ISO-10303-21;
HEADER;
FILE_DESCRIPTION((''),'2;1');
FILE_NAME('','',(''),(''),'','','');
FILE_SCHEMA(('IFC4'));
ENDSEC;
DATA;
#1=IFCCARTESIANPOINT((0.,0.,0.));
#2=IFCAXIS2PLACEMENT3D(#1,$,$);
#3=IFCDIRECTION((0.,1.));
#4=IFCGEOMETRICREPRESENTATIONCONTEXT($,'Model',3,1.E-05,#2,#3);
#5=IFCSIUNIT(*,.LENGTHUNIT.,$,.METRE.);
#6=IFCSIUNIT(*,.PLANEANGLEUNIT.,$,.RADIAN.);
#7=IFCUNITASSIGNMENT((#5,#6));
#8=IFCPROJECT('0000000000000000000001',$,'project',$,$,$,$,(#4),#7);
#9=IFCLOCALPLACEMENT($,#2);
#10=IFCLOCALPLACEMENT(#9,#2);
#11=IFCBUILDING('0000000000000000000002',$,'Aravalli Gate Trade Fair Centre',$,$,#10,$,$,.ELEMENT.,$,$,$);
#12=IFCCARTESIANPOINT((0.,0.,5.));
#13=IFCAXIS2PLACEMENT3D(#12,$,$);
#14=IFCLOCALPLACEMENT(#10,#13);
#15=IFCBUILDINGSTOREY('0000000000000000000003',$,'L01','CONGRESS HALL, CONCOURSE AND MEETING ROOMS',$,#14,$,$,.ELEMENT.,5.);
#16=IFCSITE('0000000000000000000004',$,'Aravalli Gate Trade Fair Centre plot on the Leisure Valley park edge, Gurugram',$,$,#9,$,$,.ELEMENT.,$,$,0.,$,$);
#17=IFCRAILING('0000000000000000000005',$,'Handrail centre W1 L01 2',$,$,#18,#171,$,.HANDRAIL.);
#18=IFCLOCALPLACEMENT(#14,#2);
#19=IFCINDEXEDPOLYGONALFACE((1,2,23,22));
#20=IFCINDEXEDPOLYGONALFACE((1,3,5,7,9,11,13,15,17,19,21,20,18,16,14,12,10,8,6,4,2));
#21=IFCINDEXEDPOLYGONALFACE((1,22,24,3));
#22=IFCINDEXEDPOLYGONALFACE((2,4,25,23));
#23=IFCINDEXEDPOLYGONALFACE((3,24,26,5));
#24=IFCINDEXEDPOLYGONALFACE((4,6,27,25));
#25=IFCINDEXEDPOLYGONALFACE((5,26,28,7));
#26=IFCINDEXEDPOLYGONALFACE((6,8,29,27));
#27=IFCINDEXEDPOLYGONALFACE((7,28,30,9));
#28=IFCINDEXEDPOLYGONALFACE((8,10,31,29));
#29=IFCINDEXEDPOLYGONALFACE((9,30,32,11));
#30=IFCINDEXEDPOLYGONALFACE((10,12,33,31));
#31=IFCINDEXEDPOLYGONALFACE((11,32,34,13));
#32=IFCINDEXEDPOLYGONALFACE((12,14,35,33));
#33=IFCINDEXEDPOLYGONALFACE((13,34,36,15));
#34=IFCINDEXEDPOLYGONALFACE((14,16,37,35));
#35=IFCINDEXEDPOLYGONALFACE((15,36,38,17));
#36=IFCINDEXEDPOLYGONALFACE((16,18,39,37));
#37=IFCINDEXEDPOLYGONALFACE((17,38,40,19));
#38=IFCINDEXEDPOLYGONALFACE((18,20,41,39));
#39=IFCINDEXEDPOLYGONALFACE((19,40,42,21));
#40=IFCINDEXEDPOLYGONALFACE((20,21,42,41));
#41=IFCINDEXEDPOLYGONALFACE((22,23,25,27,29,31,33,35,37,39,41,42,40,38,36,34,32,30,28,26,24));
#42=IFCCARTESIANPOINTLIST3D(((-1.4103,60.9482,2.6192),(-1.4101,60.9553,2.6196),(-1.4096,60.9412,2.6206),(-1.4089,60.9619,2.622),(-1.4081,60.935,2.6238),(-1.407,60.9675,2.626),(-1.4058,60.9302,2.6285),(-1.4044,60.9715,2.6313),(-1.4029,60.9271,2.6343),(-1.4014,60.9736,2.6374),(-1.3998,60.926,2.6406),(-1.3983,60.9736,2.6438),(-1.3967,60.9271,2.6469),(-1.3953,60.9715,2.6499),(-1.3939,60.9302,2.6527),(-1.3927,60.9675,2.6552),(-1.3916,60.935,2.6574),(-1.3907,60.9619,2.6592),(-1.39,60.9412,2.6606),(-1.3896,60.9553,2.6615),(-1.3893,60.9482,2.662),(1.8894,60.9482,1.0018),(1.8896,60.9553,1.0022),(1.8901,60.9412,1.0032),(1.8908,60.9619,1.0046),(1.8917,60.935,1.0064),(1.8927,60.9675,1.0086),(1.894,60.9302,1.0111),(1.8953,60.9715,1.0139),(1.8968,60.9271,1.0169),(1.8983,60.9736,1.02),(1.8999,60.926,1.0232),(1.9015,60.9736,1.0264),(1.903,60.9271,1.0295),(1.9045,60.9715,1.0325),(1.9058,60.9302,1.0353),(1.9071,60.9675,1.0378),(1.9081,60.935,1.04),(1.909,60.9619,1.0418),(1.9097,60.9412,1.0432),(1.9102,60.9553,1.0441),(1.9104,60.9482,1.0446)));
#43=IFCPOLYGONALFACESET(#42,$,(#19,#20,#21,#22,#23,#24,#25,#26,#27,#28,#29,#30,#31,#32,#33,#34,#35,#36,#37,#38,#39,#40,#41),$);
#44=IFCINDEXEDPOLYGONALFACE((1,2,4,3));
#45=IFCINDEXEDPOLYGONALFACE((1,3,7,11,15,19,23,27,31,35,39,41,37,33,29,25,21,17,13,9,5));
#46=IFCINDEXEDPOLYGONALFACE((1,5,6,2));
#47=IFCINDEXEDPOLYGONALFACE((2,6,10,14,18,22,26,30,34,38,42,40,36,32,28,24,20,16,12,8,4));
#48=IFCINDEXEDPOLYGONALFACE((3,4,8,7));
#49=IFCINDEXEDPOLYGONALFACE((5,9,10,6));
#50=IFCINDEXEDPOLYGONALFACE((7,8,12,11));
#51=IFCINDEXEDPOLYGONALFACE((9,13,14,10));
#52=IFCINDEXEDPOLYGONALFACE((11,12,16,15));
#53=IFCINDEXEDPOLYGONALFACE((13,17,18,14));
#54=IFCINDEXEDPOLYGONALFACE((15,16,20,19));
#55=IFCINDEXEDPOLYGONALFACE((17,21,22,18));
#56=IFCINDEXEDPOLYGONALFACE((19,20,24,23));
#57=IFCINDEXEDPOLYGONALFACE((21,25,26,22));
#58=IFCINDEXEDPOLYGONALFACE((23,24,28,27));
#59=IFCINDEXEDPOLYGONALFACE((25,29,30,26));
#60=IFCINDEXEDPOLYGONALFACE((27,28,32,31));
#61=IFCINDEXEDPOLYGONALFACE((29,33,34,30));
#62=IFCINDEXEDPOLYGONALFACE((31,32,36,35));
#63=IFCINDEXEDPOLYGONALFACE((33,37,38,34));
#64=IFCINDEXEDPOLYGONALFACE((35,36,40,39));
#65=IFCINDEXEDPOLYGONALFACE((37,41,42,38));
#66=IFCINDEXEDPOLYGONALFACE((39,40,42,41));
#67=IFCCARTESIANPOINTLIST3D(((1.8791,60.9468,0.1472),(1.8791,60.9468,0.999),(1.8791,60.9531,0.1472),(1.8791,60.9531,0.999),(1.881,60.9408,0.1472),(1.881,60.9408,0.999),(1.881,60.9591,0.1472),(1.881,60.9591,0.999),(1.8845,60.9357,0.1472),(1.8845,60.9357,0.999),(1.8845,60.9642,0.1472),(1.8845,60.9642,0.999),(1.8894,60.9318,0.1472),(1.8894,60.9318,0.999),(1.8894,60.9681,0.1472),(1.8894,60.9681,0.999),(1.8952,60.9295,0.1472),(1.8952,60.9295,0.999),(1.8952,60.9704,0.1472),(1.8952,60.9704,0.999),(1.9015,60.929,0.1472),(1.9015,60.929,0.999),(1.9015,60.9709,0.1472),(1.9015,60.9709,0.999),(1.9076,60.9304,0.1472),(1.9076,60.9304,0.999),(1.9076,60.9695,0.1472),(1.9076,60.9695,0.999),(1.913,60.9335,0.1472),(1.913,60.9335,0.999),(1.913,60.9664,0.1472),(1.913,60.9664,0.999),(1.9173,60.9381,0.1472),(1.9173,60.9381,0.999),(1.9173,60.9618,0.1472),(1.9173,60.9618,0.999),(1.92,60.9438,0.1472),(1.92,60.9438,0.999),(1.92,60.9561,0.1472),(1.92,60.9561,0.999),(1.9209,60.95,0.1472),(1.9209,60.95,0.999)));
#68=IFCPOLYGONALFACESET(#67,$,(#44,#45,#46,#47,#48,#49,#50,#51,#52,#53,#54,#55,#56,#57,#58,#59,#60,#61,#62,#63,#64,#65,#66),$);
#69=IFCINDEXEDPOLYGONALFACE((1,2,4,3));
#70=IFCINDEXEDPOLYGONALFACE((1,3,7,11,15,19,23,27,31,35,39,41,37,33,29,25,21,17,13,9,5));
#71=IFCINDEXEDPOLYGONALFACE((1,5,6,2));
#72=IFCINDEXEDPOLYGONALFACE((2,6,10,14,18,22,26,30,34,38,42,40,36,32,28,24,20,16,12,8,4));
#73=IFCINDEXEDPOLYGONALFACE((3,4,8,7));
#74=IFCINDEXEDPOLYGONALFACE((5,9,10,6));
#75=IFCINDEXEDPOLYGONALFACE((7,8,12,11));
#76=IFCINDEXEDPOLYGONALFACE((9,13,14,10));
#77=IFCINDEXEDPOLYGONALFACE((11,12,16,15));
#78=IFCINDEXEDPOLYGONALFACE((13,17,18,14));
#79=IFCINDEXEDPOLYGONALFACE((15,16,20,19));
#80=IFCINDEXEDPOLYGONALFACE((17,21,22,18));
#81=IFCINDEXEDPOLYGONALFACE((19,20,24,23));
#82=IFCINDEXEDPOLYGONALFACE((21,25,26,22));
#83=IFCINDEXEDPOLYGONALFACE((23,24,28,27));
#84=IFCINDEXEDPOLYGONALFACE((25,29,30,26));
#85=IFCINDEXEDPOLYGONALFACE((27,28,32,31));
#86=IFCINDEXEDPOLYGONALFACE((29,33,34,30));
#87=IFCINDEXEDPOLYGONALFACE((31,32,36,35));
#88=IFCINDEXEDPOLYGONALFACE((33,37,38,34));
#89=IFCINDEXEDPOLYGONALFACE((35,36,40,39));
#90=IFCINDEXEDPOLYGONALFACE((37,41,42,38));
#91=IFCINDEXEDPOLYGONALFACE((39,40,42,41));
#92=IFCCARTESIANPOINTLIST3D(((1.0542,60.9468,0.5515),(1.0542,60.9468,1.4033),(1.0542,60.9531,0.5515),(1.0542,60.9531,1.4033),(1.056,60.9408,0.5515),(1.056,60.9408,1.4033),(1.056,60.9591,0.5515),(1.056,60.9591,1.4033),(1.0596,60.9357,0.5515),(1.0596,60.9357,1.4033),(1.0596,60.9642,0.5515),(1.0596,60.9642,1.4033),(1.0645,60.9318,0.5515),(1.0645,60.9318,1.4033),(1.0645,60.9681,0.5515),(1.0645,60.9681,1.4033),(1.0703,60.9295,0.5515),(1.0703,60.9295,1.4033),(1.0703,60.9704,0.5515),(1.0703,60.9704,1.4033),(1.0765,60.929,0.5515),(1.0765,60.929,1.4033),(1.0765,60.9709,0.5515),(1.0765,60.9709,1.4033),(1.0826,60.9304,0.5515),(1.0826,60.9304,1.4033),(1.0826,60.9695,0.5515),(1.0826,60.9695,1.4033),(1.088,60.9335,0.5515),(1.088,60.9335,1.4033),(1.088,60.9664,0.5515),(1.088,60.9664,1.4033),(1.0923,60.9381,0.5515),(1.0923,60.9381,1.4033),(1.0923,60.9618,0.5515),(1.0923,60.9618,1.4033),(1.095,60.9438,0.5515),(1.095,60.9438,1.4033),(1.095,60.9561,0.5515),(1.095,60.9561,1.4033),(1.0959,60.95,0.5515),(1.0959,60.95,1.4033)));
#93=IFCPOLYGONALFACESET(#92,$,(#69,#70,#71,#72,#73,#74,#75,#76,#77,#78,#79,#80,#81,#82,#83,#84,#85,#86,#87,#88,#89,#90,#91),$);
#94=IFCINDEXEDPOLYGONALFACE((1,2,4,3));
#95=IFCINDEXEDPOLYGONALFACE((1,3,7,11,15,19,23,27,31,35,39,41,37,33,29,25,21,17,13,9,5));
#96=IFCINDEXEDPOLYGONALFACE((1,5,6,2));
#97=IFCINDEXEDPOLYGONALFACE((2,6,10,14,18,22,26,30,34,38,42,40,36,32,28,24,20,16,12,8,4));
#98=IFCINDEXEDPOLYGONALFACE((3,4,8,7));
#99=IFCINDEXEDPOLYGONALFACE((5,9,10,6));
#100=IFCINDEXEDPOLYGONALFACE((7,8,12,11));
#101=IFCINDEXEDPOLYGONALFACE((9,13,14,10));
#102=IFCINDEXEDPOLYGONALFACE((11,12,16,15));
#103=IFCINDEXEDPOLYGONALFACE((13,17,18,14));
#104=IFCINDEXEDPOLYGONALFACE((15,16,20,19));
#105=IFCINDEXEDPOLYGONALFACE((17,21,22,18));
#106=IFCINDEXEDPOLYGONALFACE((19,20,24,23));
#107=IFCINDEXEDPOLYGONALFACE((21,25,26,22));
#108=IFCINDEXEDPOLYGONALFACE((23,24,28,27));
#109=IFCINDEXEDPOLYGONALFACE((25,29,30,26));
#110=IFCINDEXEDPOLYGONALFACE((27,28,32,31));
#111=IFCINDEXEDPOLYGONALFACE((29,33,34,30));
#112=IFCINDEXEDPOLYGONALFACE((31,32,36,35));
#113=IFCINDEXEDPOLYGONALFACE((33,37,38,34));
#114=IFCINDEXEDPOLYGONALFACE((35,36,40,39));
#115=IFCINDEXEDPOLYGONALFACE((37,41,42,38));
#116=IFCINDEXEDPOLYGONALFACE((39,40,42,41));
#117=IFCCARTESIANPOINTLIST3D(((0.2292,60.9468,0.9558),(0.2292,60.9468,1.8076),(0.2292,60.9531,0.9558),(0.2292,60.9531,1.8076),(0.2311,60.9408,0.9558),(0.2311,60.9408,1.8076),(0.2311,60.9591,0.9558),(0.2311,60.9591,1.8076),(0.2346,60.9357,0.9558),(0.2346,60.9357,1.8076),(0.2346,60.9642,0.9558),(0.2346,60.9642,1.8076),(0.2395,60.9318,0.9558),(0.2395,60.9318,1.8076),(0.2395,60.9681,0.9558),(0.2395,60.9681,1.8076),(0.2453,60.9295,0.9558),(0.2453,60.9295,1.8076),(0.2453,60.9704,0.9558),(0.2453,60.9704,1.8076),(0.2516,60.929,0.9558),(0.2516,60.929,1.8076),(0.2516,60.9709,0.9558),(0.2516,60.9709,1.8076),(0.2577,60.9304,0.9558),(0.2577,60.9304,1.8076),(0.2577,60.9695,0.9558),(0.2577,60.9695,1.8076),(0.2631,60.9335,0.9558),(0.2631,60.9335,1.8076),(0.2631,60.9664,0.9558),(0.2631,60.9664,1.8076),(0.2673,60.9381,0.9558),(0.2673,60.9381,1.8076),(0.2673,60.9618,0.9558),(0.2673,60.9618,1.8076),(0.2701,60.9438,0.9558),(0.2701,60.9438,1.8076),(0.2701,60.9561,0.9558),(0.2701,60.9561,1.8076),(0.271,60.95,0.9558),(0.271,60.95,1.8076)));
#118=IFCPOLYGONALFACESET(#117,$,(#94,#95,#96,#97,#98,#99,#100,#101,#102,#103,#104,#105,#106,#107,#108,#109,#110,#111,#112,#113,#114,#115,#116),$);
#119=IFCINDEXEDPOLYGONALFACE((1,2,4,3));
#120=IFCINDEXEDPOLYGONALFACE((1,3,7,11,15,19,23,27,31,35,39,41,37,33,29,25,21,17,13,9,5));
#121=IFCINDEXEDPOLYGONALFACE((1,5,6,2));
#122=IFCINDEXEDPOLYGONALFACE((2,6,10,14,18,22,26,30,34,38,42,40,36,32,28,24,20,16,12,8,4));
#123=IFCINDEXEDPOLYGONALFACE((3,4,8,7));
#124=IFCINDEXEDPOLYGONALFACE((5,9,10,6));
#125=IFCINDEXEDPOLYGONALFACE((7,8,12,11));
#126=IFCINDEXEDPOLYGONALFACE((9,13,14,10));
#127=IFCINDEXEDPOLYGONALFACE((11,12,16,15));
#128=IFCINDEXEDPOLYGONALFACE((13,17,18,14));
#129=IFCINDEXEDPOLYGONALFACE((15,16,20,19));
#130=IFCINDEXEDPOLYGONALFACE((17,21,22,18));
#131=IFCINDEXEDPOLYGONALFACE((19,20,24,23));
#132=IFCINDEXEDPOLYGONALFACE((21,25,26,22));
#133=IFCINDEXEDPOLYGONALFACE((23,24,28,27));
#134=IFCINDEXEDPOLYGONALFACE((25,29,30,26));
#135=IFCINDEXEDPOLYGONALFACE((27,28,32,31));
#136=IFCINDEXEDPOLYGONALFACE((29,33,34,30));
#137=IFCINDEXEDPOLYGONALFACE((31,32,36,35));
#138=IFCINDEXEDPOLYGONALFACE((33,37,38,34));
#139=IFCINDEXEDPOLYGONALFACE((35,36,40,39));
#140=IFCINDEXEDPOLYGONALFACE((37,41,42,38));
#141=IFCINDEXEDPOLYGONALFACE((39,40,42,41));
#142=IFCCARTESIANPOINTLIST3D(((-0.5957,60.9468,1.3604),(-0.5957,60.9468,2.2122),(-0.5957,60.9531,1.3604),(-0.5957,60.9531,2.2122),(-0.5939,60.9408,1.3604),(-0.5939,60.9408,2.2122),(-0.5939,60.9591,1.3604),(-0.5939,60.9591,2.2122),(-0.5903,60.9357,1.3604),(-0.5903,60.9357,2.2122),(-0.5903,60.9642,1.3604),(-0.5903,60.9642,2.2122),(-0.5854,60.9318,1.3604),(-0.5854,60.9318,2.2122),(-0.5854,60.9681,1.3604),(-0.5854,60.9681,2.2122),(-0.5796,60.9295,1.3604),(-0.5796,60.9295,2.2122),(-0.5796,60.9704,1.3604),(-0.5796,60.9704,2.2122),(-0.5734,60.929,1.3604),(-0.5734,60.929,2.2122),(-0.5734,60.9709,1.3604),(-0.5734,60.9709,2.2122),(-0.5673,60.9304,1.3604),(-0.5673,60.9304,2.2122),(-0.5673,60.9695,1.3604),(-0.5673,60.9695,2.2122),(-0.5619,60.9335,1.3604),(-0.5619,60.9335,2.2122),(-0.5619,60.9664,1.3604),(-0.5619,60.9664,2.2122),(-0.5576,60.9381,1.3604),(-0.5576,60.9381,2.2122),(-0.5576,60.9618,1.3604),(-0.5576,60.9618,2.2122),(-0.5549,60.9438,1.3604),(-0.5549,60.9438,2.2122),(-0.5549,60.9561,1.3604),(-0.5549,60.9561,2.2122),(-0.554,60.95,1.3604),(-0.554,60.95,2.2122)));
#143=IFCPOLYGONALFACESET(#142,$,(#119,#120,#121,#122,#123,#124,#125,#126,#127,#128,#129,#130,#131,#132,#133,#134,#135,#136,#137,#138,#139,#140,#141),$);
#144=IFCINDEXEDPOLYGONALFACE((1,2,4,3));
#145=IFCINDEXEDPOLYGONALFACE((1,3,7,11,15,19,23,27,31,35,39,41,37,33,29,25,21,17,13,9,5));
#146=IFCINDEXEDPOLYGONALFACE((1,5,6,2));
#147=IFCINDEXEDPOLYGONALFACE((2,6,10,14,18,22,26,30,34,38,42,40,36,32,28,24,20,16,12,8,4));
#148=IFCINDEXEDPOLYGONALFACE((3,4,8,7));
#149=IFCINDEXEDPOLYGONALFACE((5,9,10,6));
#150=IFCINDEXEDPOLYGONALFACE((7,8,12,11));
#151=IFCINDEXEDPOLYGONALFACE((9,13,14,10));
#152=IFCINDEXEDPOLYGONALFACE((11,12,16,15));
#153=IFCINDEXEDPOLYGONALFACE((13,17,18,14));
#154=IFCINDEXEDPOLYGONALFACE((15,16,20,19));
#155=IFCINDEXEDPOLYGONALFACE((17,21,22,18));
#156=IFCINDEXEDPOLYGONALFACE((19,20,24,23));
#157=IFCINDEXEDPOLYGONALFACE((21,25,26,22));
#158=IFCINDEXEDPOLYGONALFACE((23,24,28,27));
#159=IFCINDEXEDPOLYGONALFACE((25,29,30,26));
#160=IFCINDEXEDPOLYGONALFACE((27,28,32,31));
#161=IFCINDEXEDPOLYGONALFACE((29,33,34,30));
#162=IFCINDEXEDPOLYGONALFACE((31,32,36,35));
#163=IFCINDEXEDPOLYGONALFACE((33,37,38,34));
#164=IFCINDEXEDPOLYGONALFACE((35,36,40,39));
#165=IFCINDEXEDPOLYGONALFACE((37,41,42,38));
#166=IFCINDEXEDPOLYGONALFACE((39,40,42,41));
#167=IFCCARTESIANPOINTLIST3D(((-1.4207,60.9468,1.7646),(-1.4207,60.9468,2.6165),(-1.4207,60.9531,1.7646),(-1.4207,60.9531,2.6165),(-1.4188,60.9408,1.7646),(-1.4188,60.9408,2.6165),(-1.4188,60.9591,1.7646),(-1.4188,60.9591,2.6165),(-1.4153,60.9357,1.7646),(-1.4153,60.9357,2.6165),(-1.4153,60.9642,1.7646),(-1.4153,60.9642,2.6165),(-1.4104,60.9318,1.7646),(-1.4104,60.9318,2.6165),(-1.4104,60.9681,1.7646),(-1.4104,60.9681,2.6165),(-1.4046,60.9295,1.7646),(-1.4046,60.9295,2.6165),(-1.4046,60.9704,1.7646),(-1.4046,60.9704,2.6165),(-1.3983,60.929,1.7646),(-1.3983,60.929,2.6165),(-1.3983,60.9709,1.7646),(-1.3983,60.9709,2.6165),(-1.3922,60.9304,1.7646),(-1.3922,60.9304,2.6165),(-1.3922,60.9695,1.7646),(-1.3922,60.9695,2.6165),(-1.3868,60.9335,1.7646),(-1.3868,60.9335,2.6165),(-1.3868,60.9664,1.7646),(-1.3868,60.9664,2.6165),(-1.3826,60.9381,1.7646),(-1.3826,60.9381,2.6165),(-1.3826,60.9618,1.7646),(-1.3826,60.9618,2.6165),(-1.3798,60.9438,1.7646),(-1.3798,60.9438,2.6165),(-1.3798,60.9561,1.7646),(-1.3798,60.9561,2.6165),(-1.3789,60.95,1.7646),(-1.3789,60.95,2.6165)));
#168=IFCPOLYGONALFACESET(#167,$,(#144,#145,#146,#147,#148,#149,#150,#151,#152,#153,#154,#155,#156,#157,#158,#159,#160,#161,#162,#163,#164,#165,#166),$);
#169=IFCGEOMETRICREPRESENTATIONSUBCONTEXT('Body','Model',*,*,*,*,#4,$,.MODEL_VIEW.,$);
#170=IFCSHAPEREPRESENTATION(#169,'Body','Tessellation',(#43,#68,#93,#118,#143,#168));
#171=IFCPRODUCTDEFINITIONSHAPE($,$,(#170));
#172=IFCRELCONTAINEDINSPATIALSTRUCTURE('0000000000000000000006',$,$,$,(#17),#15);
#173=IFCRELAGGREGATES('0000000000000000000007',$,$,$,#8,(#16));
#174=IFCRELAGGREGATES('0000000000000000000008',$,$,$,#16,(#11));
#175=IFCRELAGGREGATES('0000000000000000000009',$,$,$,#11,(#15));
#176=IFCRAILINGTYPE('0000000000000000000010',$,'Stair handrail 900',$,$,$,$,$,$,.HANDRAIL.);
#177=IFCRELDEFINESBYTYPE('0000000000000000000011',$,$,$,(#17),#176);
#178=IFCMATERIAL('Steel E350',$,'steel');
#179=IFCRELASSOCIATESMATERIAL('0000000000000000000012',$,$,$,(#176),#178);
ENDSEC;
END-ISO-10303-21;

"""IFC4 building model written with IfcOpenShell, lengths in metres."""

from ifc_helpers import new_model, si_unit, direction, frame, origin, origin_2d, place, context, subcontext, project, spatial, circle, extrude, material, type_object, element, save


model = new_model("IFC4")

# Units and contexts
model_context = context("Model", 3, precision=1e-05, world=origin(), true_north=direction((0.0, 1.0)))
body_context = subcontext(model_context, "Body", "Model", "MODEL_VIEW")
ifc_project = project(units=[si_unit("LENGTHUNIT", "METRE"), si_unit("PLANEANGLEUNIT", "RADIAN")], contexts=[model_context])

# Site, building, storey
site_placement = place(None, origin())
site = spatial("IfcSite", under=ifc_project, at=site_placement, Name="Aravalli Gate Trade Fair Centre plot on the Leisure Valley park edge, Gurugram", CompositionType="ELEMENT", RefElevation=0.0)
building_placement = place(site_placement, origin())
building = spatial("IfcBuilding", under=site, at=building_placement, Name="Aravalli Gate Trade Fair Centre", CompositionType="ELEMENT")
storey_placement = place(building_placement, frame((0.0, 0.0, 5.0)))
storey = spatial("IfcBuildingStorey", under=building, at=storey_placement, Name="L01", Description="CONGRESS HALL, CONCOURSE AND MEETING ROOMS", CompositionType="ELEMENT", Elevation=5.0)

# Railing
ifc_material_1 = material(Name="Steel E350", Category="steel")
railing_type = type_object("IfcRailingType", Name="Stair handrail 900", PredefinedType="HANDRAIL", material=ifc_material_1)
railing_placement = place(storey_placement, frame((1.8999, 60.95, 0.1472)))
element("IfcRailing", 1, at=railing_placement, inside=storey, type_object=railing_type, Name="Handrail centre W1 L01 2", PredefinedType="HANDRAIL", context=body_context, shape_type="SweptSolid", body=[
    extrude(circle(Radius=0.0239, at=origin_2d()), frame((0.0, 0.0, 0.876), z_axis=(-0.897934, 0.0, 0.440131), x_axis=(0.0, -1.0, 0.0)), (0.0, 0.0, 1.0), 3.6748),
    extrude(circle(Radius=0.021, at=origin_2d()), origin(), (0.0, 0.0, 1.0), 0.8518),
    extrude(circle(Radius=0.021, at=origin_2d()), frame((-0.825, 0.0, 0.4043)), (0.0, 0.0, 1.0), 0.8518),
    extrude(circle(Radius=0.021, at=origin_2d()), frame((-1.6499, 0.0, 0.8086)), (0.0, 0.0, 1.0), 0.8518),
    extrude(circle(Radius=0.021, at=origin_2d()), frame((-2.4749, 0.0, 1.2131)), (0.0, 0.0, 1.0), 0.8518),
    extrude(circle(Radius=0.021, at=origin_2d()), frame((-3.2998, 0.0, 1.6174)), (0.0, 0.0, 1.0), 0.8518),
])

save(model, "model.ifc")
